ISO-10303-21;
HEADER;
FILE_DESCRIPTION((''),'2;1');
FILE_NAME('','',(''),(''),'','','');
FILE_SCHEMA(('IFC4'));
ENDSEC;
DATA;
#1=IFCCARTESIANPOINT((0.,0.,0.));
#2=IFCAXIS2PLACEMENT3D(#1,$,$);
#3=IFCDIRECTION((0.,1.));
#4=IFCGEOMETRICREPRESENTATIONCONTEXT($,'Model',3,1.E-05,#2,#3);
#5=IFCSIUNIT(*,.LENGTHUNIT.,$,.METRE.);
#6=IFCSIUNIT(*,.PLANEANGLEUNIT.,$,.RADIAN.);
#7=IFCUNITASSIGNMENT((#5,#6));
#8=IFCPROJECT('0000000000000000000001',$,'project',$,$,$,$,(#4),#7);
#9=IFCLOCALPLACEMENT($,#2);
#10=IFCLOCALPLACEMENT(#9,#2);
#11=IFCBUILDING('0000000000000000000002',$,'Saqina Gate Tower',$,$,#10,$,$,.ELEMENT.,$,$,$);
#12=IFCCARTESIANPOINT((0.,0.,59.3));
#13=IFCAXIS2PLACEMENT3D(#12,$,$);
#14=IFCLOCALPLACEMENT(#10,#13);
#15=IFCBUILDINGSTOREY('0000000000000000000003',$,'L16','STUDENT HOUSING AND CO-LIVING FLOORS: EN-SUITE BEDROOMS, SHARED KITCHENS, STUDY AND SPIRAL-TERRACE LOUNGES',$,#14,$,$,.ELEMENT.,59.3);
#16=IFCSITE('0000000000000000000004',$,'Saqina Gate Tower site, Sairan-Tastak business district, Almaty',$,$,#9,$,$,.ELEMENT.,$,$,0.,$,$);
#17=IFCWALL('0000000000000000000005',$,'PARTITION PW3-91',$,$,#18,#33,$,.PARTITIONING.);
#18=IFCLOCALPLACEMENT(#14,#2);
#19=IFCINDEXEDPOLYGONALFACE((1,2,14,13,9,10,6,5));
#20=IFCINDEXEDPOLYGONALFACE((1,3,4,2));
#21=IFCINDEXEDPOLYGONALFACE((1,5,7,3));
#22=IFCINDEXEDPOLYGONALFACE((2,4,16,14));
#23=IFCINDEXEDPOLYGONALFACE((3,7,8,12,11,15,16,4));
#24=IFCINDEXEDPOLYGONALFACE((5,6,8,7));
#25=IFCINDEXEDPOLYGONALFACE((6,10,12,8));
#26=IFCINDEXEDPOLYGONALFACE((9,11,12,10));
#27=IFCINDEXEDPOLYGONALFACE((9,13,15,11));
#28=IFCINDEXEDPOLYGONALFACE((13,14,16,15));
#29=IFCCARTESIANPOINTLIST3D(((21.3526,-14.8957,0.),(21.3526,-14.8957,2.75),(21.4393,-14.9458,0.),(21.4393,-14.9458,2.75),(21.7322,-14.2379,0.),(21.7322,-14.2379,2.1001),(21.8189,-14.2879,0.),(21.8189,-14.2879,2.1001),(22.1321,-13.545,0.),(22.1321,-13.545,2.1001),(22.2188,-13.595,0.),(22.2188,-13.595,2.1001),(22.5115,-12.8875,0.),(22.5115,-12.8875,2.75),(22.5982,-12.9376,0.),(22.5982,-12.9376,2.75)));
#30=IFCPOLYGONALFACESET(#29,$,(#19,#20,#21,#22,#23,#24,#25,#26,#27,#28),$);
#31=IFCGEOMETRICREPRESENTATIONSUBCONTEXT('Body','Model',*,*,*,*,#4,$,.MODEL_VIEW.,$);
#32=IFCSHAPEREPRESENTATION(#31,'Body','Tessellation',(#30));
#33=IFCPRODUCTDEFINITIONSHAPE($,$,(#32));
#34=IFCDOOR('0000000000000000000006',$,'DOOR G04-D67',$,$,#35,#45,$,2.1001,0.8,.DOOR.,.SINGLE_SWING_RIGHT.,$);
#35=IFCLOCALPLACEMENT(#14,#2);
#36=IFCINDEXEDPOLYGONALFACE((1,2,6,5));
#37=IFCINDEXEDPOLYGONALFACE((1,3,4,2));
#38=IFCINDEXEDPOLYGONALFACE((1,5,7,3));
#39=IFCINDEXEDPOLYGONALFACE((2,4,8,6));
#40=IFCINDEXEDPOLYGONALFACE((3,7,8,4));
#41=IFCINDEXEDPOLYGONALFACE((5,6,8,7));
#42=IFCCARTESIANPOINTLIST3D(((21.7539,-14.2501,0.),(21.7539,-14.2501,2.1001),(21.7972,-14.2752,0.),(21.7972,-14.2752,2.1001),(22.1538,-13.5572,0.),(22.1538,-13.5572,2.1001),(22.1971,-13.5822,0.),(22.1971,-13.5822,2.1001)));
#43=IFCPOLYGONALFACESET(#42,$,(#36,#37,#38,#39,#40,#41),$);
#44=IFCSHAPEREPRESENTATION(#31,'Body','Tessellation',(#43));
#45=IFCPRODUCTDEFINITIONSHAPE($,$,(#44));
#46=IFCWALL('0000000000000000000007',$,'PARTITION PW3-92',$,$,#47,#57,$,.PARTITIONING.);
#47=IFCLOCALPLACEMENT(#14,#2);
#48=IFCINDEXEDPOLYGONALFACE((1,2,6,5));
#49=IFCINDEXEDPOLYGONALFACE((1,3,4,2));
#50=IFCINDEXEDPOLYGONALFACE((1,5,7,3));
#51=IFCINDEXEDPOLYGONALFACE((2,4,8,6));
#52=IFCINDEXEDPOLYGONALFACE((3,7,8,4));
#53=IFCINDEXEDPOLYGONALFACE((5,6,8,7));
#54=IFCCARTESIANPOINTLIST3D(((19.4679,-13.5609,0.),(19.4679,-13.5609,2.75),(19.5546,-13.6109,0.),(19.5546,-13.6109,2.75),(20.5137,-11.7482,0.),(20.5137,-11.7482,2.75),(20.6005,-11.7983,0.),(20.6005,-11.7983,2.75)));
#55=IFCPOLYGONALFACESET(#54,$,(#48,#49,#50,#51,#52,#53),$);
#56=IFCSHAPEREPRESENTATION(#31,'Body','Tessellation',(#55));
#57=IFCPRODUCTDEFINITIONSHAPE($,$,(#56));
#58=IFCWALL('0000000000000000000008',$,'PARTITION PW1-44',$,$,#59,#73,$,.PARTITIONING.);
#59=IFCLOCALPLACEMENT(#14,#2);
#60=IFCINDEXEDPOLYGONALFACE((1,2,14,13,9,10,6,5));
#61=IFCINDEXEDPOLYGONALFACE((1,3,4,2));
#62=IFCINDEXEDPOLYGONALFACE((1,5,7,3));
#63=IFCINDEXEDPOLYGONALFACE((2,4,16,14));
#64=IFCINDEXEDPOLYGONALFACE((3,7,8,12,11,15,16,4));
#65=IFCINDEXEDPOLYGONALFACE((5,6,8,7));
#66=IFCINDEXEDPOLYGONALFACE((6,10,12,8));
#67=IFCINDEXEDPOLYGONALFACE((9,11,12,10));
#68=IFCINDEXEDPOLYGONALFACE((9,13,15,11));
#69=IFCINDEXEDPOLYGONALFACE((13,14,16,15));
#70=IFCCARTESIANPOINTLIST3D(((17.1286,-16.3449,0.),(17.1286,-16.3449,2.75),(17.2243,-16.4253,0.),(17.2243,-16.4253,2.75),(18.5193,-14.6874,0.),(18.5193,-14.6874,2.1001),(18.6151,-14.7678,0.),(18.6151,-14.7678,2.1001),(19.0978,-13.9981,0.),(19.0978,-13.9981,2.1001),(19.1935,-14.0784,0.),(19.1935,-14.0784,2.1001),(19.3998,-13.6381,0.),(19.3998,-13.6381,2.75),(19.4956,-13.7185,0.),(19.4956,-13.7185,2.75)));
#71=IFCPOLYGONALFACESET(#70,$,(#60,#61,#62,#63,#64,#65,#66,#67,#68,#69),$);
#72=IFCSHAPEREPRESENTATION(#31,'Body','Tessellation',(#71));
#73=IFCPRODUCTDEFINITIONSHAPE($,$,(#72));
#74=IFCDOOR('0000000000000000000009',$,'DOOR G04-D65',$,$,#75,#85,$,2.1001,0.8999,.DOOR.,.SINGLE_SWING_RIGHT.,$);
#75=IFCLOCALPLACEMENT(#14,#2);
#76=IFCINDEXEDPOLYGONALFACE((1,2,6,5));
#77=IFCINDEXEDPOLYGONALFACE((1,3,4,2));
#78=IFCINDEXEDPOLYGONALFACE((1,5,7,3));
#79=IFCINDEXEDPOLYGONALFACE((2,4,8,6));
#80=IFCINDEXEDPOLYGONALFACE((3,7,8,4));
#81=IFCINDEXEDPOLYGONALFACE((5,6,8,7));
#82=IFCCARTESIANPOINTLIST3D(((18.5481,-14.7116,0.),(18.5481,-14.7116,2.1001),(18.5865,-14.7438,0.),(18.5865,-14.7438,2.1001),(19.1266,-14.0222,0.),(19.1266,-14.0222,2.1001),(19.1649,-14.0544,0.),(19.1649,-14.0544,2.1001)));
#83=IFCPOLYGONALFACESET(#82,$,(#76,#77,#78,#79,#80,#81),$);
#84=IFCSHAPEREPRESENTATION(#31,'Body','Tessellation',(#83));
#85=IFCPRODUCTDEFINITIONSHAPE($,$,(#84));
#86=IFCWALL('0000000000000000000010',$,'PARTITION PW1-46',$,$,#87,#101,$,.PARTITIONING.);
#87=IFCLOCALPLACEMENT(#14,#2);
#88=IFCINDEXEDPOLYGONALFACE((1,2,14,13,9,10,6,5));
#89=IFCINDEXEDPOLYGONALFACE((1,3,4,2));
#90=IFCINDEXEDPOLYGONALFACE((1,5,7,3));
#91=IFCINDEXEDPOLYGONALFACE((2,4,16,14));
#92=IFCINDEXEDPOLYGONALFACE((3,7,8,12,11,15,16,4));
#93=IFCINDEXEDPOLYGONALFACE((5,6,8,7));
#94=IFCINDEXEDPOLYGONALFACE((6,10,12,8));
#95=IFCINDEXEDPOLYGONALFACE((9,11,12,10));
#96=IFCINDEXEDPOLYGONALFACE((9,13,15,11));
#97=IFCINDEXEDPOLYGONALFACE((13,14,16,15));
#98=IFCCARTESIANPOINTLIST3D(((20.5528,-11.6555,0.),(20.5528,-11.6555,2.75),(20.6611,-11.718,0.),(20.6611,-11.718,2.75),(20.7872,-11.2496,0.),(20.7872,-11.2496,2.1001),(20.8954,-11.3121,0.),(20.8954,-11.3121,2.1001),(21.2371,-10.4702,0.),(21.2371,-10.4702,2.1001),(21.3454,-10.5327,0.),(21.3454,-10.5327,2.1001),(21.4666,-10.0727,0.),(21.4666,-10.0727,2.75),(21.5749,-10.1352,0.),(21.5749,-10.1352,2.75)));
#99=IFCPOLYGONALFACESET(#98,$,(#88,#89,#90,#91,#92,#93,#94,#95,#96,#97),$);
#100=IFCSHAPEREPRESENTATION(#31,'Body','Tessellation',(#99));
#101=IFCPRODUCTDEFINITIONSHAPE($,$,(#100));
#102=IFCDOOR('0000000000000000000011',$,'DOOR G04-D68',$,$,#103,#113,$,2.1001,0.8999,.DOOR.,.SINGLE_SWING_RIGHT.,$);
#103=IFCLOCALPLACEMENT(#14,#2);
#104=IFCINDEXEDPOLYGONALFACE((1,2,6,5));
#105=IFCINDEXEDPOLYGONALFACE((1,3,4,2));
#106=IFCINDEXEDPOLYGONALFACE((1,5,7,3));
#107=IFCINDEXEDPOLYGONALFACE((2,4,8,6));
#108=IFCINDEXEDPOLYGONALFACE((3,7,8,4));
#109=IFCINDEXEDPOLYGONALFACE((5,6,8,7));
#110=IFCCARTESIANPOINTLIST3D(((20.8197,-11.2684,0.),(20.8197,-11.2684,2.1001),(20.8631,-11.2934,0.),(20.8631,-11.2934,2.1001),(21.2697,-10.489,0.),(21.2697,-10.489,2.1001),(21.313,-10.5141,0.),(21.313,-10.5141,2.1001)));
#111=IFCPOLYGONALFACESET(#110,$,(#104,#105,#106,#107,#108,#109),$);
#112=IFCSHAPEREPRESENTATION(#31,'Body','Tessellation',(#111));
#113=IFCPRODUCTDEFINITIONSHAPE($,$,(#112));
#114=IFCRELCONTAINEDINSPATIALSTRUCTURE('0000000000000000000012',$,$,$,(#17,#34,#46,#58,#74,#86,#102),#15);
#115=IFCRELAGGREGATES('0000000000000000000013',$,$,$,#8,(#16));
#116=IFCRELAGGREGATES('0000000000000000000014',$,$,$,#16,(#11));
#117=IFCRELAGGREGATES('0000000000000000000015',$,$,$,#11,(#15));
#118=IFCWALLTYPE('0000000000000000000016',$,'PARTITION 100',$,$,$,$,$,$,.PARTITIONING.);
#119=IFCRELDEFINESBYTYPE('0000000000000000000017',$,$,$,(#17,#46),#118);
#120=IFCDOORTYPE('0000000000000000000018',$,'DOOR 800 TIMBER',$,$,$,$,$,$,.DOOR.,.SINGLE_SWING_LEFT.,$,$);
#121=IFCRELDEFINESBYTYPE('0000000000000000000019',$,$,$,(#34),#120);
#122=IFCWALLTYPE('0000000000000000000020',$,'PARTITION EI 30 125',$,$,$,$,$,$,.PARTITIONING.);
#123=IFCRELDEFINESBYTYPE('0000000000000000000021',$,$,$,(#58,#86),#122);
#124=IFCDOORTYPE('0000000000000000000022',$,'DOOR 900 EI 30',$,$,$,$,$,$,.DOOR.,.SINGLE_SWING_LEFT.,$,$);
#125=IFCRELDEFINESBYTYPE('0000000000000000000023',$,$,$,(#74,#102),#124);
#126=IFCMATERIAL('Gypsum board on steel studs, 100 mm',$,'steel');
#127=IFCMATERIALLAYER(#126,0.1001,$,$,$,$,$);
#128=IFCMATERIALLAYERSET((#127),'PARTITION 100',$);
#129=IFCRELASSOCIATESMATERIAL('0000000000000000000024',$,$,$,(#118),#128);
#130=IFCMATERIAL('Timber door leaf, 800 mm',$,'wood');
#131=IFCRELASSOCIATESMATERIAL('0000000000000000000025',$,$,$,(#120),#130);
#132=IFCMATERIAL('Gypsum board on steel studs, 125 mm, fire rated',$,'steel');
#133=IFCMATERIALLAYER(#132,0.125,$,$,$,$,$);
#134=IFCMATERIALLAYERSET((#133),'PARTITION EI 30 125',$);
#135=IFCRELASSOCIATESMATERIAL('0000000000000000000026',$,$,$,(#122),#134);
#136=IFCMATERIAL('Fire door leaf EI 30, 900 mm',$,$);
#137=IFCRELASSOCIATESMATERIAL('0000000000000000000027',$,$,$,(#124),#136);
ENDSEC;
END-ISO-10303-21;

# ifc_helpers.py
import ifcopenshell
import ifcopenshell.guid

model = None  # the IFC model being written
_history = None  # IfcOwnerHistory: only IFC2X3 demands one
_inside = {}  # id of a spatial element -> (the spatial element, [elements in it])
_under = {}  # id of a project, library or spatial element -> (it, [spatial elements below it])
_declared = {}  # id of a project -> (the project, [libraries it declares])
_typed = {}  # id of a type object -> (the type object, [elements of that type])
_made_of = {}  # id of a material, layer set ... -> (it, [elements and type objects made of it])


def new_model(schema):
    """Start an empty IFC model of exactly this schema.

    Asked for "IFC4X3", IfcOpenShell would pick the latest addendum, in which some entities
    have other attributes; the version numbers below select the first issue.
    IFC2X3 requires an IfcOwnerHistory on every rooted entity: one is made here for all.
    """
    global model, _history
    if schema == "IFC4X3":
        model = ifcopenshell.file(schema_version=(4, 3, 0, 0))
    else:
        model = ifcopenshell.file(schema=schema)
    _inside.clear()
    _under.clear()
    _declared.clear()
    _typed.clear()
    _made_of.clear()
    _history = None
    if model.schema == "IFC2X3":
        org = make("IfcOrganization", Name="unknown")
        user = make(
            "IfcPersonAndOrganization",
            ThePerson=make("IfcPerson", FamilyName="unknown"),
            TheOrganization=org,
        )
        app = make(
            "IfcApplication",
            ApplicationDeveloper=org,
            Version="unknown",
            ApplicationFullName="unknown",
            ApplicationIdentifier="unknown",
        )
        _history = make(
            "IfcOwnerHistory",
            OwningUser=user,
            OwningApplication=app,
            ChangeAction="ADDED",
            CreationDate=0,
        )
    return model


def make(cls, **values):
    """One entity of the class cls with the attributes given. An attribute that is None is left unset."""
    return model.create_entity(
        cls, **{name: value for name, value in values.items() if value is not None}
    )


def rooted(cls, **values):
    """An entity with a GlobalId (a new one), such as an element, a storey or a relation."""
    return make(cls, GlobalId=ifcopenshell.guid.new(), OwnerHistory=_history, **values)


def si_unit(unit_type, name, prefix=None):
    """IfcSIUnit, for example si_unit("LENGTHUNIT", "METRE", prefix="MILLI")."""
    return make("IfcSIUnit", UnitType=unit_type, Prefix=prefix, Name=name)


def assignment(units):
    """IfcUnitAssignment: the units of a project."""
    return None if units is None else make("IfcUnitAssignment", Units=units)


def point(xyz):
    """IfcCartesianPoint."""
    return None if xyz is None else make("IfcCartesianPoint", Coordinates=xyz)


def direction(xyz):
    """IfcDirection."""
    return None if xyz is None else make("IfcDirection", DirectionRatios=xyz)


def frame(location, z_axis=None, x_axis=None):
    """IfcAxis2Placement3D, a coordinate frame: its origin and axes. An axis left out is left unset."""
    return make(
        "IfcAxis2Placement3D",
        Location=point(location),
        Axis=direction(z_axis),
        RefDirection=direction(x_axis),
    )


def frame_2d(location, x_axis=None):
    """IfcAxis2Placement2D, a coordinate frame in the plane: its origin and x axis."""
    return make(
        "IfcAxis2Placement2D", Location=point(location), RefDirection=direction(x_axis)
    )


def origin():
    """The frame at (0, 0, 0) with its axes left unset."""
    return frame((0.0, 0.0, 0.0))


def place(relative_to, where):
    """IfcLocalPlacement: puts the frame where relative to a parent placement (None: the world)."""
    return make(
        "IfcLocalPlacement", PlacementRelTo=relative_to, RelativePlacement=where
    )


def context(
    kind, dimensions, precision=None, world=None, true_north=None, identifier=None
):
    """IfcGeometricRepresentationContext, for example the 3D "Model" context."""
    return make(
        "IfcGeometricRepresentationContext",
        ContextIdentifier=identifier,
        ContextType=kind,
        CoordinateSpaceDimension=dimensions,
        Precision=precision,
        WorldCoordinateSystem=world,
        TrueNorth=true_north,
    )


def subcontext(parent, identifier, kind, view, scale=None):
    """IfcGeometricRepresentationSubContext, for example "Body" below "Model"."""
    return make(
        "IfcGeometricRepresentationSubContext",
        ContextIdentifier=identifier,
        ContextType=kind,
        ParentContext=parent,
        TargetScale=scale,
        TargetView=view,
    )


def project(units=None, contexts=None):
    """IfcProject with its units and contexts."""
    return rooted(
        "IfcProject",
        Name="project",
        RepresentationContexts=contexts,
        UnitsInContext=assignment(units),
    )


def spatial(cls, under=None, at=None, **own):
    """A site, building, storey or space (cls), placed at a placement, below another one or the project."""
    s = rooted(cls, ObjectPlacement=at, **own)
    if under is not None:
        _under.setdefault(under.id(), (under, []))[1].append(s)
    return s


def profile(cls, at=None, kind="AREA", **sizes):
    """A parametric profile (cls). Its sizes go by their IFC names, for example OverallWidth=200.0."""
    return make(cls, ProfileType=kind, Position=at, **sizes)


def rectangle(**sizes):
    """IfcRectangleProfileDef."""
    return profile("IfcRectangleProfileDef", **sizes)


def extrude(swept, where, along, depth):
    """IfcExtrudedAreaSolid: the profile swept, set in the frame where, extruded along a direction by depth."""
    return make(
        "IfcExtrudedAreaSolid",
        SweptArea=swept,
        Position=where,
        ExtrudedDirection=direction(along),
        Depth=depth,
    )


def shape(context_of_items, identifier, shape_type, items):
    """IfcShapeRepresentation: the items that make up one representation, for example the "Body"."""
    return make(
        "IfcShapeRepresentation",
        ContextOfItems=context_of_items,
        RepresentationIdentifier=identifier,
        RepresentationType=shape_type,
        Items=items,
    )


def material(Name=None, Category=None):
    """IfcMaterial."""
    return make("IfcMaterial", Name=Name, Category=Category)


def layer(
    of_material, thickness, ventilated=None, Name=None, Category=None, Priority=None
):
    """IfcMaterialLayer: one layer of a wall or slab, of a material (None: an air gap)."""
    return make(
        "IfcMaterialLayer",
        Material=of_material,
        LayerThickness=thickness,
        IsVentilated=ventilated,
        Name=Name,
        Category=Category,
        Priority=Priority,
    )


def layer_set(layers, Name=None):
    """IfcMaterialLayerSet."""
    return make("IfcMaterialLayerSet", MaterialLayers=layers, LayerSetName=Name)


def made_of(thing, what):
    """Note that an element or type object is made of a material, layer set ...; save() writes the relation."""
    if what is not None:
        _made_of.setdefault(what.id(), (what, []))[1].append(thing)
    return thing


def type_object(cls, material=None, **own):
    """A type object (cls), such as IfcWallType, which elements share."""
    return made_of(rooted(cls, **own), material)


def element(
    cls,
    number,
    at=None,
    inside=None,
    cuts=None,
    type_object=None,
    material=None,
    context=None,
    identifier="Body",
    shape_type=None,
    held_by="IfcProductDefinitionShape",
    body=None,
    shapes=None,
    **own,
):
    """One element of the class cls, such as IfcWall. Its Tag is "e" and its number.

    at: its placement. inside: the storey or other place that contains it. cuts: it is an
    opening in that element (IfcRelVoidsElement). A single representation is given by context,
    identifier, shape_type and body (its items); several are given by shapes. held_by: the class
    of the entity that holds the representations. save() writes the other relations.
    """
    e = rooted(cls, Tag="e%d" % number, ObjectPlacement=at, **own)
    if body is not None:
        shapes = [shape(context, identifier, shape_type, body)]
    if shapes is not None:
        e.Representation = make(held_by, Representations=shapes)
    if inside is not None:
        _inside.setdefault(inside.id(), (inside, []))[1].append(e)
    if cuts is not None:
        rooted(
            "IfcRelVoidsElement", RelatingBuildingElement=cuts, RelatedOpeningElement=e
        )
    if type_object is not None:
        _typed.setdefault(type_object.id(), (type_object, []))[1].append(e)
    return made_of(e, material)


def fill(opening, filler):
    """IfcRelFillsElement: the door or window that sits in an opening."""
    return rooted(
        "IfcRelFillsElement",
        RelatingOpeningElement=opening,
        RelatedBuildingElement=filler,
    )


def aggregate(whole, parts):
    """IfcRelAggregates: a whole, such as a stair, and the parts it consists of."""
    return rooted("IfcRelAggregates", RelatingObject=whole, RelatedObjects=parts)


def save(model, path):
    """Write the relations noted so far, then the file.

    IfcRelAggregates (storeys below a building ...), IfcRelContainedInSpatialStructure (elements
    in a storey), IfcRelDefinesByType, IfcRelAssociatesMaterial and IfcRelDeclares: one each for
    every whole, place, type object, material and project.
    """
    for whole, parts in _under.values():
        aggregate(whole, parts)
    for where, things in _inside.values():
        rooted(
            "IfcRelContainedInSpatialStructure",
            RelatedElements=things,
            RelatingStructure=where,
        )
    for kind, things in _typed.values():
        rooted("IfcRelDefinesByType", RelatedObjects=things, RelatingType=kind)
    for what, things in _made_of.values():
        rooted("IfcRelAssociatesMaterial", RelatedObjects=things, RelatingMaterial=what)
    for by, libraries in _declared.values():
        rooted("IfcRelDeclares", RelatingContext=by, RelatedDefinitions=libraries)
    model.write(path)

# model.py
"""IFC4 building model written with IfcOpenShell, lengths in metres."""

from ifc_helpers import new_model, si_unit, direction, frame, frame_2d, origin, place, context, subcontext, project, spatial, rectangle, extrude, material, layer, layer_set, type_object, element, fill, save


model = new_model("IFC4")

# Units and contexts
model_context = context("Model", 3, precision=1e-05, world=origin(), true_north=direction((0.0, 1.0)))
body_context = subcontext(model_context, "Body", "Model", "MODEL_VIEW")
ifc_project = project(units=[si_unit("LENGTHUNIT", "METRE"), si_unit("PLANEANGLEUNIT", "RADIAN")], contexts=[model_context])

# Site, building, storey
site_placement = place(None, origin())
site = spatial("IfcSite", under=ifc_project, at=site_placement, Name="Saqina Gate Tower site, Sairan-Tastak business district, Almaty", CompositionType="ELEMENT", RefElevation=0.0)
building_placement = place(site_placement, origin())
building = spatial("IfcBuilding", under=site, at=building_placement, Name="Saqina Gate Tower", CompositionType="ELEMENT")
storey_placement = place(building_placement, frame((0.0, 0.0, 59.3)))
storey = spatial("IfcBuildingStorey", under=building, at=storey_placement, Name="L16", Description="STUDENT HOUSING AND CO-LIVING FLOORS: EN-SUITE BEDROOMS, SHARED KITCHENS, STUDY AND SPIRAL-TERRACE LOUNGES", CompositionType="ELEMENT", Elevation=59.3)

# Shared definitions
ifc_material_1 = material(Name="Gypsum board on steel studs, 100 mm", Category="steel")
ifc_layer_1 = layer(ifc_material_1, 0.1001)
ifc_layer_set_1 = layer_set([ifc_layer_1], Name="PARTITION 100")
wall_type_1 = type_object("IfcWallType", Name="PARTITION 100", PredefinedType="PARTITIONING", material=ifc_layer_set_1)

# Wall, opening, door
ifc_material_2 = material(Name="Timber door leaf, 800 mm", Category="wood")
door_type_1 = type_object("IfcDoorType", Name="DOOR 800 TIMBER", OperationType="SINGLE_SWING_LEFT", PredefinedType="DOOR", material=ifc_material_2)
wall_1_placement = place(storey_placement, frame((21.396, -14.9207, 0.0), z_axis=(0.0, 0.0, 1.0), x_axis=(0.49982, 0.866129, 0.0)))
wall_1 = element("IfcWall", 1, at=wall_1_placement, inside=storey, type_object=wall_type_1, Name="PARTITION PW3-91", PredefinedType="PARTITIONING", context=body_context, shape_type="SweptSolid", body=[
    extrude(rectangle(XDim=2.3186, YDim=0.1001, at=frame_2d((1.1592, 0.0))), origin(), (0.0, 0.0, 1.0), 2.75),
])
opening_1_placement = place(wall_1_placement, frame((0.7595, 0.0, 0.0)))
opening_1 = element("IfcOpeningElement", 2, at=opening_1_placement, cuts=wall_1, PredefinedType="OPENING", context=body_context, shape_type="SweptSolid", body=[
    extrude(rectangle(XDim=0.8, YDim=2.1001, at=frame_2d((0.3999, 1.05))), frame((0.0, 0.062, 0.0), z_axis=(0.0, -1.0, 0.0), x_axis=(1.0, 0.0, 0.0)), (0.0, 0.0, 1.0), 0.124),
])
door_1_placement = place(opening_1_placement, frame((0.8, 0.0, 0.0), z_axis=(0.0, 0.0, 1.0), x_axis=(-1.0, 0.0, 0.0)))
door_1 = element("IfcDoor", 3, at=door_1_placement, inside=storey, type_object=door_type_1, Name="DOOR G04-D67", OperationType="SINGLE_SWING_RIGHT", OverallHeight=2.1001, OverallWidth=0.8, PredefinedType="DOOR", context=body_context, shape_type="SweptSolid", body=[
    extrude(rectangle(XDim=0.8, YDim=2.1001, at=frame_2d((0.3999, 1.05))), frame((0.0, 0.0249, 0.0), z_axis=(0.0, -1.0, 0.0), x_axis=(1.0, 0.0, 0.0)), (0.0, 0.0, 1.0), 0.05),
])
fill(opening_1, door_1)

# Wall
wall_2_placement = place(storey_placement, frame((19.5112, -13.5859, 0.0), z_axis=(0.0, 0.0, 1.0), x_axis=(0.499753, 0.866168, 0.0)))
element("IfcWall", 4, at=wall_2_placement, inside=storey, type_object=wall_type_1, Name="PARTITION PW3-92", PredefinedType="PARTITIONING", context=body_context, shape_type="SweptSolid", body=[
    extrude(rectangle(XDim=2.0928, YDim=0.1001, at=frame_2d((1.0464, 0.0))), origin(), (0.0, 0.0, 1.0), 2.75),
])

# Walls, openings, doors
ifc_material_3 = material(Name="Gypsum board on steel studs, 125 mm, fire rated", Category="steel")
ifc_layer_2 = layer(ifc_material_3, 0.125)
ifc_layer_set_2 = layer_set([ifc_layer_2], Name="PARTITION EI 30 125")
wall_type_2 = type_object("IfcWallType", Name="PARTITION EI 30 125", PredefinedType="PARTITIONING", material=ifc_layer_set_2)
wall_3_placement = place(storey_placement, frame((17.1765, -16.385, 0.0), z_axis=(0.0, 0.0, 1.0), x_axis=(0.642784, 0.766048, 0.0)))
wall_3 = element("IfcWall", 5, at=wall_3_placement, inside=storey, type_object=wall_type_2, Name="PARTITION PW1-44", PredefinedType="PARTITIONING", context=body_context, shape_type="SweptSolid", body=[
    extrude(rectangle(XDim=3.5334, YDim=0.125, at=frame_2d((1.7666, 0.0))), origin(), (0.0, 0.0, 1.0), 2.75),
])
opening_2_placement = place(wall_3_placement, frame((2.1636, 0.0, 0.0)))
opening_2 = element("IfcOpeningElement", 6, at=opening_2_placement, cuts=wall_3, PredefinedType="OPENING", context=body_context, shape_type="SweptSolid", body=[
    extrude(rectangle(XDim=0.8999, YDim=2.1001, at=frame_2d((0.45, 1.05))), frame((0.0, 0.0745, 0.0), z_axis=(0.0, -1.0, 0.0), x_axis=(1.0, 0.0, 0.0)), (0.0, 0.0, 1.0), 0.1489),
])
ifc_material_4 = material(Name="Fire door leaf EI 30, 900 mm")
door_type_2 = type_object("IfcDoorType", Name="DOOR 900 EI 30", OperationType="SINGLE_SWING_LEFT", PredefinedType="DOOR", material=ifc_material_4)
door_2_placement = place(opening_2_placement, origin())
door_2 = element("IfcDoor", 7, at=door_2_placement, inside=storey, type_object=door_type_2, Name="DOOR G04-D65", OperationType="SINGLE_SWING_RIGHT", OverallHeight=2.1001, OverallWidth=0.8999, PredefinedType="DOOR", context=body_context, shape_type="SweptSolid", body=[
    extrude(rectangle(XDim=0.8999, YDim=2.1001, at=frame_2d((0.45, 1.05))), frame((0.0, 0.0249, 0.0), z_axis=(0.0, -1.0, 0.0), x_axis=(1.0, 0.0, 0.0)), (0.0, 0.0, 1.0), 0.05),
])
fill(opening_2, door_2)
wall_4_placement = place(storey_placement, frame((20.6069, -11.6868, 0.0), z_axis=(0.0, 0.0, 1.0), x_axis=(0.500004, 0.866023, 0.0)))
wall_4 = element("IfcWall", 8, at=wall_4_placement, inside=storey, type_object=wall_type_2, Name="PARTITION PW1-46", PredefinedType="PARTITIONING", context=body_context, shape_type="SweptSolid", body=[
    extrude(rectangle(XDim=1.8276, YDim=0.125, at=frame_2d((0.9138, 0.0))), origin(), (0.0, 0.0, 1.0), 2.75),
])
opening_3_placement = place(wall_4_placement, frame((0.4688, 0.0, 0.0)))
opening_3 = element("IfcOpeningElement", 9, at=opening_3_placement, cuts=wall_4, PredefinedType="OPENING", context=body_context, shape_type="SweptSolid", body=[
    extrude(rectangle(XDim=0.8999, YDim=2.1001, at=frame_2d((0.45, 1.05))), frame((0.0, 0.0745, 0.0), z_axis=(0.0, -1.0, 0.0), x_axis=(1.0, 0.0, 0.0)), (0.0, 0.0, 1.0), 0.1489),
])
door_3_placement = place(opening_3_placement, origin())
door_3 = element("IfcDoor", 10, at=door_3_placement, inside=storey, type_object=door_type_2, Name="DOOR G04-D68", OperationType="SINGLE_SWING_RIGHT", OverallHeight=2.1001, OverallWidth=0.8999, PredefinedType="DOOR", context=body_context, shape_type="SweptSolid", body=[
    extrude(rectangle(XDim=0.8999, YDim=2.1001, at=frame_2d((0.45, 1.05))), frame((0.0, 0.0249, 0.0), z_axis=(0.0, -1.0, 0.0), x_axis=(1.0, 0.0, 0.0)), (0.0, 0.0, 1.0), 0.05),
])
fill(opening_3, door_3)

save(model, "model.ifc")
